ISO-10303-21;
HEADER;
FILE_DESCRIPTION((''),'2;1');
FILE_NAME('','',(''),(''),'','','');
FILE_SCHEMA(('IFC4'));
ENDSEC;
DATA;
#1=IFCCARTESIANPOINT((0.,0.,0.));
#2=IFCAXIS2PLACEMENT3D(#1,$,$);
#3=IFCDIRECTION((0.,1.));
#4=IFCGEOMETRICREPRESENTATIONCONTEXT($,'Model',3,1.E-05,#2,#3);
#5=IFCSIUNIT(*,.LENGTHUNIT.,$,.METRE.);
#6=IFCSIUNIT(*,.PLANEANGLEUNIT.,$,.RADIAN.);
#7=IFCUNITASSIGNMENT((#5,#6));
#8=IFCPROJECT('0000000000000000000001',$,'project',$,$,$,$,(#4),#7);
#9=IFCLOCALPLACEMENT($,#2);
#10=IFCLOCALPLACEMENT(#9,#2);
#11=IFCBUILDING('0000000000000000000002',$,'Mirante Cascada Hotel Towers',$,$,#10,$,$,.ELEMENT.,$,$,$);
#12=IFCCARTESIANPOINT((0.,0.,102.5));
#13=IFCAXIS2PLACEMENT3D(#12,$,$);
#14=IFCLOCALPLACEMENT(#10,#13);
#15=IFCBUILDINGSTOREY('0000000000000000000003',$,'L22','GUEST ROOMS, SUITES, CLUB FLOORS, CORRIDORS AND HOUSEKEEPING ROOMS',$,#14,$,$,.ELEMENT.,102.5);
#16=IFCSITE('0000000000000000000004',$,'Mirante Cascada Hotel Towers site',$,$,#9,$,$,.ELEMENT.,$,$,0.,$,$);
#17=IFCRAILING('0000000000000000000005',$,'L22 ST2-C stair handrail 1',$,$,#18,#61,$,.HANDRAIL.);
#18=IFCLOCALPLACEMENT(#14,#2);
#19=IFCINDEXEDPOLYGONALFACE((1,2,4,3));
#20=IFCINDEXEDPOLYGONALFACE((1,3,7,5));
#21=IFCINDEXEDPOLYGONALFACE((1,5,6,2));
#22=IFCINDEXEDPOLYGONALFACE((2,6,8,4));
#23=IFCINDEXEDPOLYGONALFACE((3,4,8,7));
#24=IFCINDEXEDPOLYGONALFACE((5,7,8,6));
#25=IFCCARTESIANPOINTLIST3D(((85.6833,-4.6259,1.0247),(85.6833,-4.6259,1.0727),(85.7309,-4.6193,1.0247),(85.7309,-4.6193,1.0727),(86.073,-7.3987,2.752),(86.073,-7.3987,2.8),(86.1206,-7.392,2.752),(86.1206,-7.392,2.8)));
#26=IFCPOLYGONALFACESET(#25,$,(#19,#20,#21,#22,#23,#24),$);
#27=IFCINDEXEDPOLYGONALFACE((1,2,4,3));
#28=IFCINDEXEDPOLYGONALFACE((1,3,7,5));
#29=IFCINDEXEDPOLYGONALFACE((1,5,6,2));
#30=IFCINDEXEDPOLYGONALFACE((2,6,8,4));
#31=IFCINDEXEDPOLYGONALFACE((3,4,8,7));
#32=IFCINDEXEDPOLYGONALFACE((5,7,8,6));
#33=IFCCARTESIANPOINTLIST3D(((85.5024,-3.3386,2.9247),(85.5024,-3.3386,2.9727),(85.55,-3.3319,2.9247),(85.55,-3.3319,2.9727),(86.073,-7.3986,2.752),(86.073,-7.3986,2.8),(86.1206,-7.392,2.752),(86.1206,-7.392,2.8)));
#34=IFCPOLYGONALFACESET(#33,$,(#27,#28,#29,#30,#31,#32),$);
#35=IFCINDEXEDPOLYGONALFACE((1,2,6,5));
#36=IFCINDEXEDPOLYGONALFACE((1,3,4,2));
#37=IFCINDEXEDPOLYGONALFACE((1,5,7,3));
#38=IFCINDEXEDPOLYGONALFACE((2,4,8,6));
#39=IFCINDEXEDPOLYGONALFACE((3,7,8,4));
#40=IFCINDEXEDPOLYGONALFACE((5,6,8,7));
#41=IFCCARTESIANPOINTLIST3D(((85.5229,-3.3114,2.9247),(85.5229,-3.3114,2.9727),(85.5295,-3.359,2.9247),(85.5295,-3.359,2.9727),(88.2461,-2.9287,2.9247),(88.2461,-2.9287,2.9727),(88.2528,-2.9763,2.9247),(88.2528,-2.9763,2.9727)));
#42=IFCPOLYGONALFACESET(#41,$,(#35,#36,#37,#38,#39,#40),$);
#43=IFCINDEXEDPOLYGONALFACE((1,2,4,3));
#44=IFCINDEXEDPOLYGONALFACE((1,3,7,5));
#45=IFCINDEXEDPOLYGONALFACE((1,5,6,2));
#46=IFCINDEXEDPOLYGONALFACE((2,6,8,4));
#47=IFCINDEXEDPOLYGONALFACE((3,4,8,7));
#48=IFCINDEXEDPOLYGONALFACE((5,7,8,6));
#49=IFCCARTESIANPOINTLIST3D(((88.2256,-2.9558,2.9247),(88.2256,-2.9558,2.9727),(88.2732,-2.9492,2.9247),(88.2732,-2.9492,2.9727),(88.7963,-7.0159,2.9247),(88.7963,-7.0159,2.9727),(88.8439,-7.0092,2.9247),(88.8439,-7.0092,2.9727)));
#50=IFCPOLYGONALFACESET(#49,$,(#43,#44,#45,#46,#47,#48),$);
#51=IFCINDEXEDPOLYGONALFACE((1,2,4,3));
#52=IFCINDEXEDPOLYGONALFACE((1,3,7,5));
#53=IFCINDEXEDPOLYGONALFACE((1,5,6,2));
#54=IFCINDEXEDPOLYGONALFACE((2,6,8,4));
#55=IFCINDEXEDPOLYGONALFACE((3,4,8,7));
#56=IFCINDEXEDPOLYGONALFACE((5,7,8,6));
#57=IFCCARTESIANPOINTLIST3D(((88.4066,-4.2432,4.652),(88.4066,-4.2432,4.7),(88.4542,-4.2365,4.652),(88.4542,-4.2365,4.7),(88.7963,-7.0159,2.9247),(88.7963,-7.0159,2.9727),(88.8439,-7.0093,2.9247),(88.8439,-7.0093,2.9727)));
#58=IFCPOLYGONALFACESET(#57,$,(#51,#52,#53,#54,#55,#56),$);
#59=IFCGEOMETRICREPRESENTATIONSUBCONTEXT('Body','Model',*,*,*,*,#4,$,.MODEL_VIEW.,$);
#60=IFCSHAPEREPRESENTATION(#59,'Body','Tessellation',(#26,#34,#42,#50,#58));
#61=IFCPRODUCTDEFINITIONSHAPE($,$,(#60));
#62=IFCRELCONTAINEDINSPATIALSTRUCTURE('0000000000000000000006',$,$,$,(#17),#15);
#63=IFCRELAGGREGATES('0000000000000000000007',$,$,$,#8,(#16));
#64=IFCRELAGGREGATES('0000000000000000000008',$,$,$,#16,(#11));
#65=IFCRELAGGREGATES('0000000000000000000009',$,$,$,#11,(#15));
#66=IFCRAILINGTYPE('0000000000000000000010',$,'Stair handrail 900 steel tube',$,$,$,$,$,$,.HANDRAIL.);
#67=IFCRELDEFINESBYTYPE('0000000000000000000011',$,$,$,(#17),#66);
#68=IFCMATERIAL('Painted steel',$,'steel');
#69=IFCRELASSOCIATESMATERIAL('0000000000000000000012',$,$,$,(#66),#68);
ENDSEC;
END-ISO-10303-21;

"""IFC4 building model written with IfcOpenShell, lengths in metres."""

from ifc_helpers import new_model, si_unit, direction, frame, origin, origin_2d, place, context, subcontext, project, spatial, rectangle, extrude, material, type_object, element, save


model = new_model("IFC4")

# Units and contexts
model_context = context("Model", 3, precision=1e-05, world=origin(), true_north=direction((0.0, 1.0)))
body_context = subcontext(model_context, "Body", "Model", "MODEL_VIEW")
ifc_project = project(units=[si_unit("LENGTHUNIT", "METRE"), si_unit("PLANEANGLEUNIT", "RADIAN")], contexts=[model_context])

# Site, building, storey
site_placement = place(None, origin())
site = spatial("IfcSite", under=ifc_project, at=site_placement, Name="Mirante Cascada Hotel Towers site", CompositionType="ELEMENT", RefElevation=0.0)
building_placement = place(site_placement, origin())
building = spatial("IfcBuilding", under=site, at=building_placement, Name="Mirante Cascada Hotel Towers", CompositionType="ELEMENT")
storey_placement = place(building_placement, frame((0.0, 0.0, 102.5)))
storey = spatial("IfcBuildingStorey", under=building, at=storey_placement, Name="L22", Description="GUEST ROOMS, SUITES, CLUB FLOORS, CORRIDORS AND HOUSEKEEPING ROOMS", CompositionType="ELEMENT", Elevation=102.5)

# Railing
ifc_material_1 = material(Name="Painted steel", Category="steel")
railing_type_1 = type_object("IfcRailingType", Name="Stair handrail 900 steel tube", PredefinedType="HANDRAIL", material=ifc_material_1)
railing_1_placement = place(storey_placement, frame((85.7071, -4.6226, 0.1727)))
element("IfcRailing", 1, at=railing_1_placement, inside=storey, type_object=railing_type_1, Name="L22 ST2-C stair handrail 1", PredefinedType="HANDRAIL", context=body_context, shape_type="SweptSolid", body=[
    extrude(rectangle(XDim=0.048, YDim=0.048, at=origin_2d()), frame((0.0, 0.0, 0.876), z_axis=(0.139181, -0.990267, 0.0), x_axis=(0.990267, 0.139181, 0.0)), (0.0, 0.525035, 0.851081), 3.2899),
    extrude(rectangle(XDim=0.048, YDim=0.048, at=origin_2d()), frame((0.3897, -2.7727, 2.6033), z_axis=(-0.139171, 0.990268, 0.0), x_axis=(-0.990268, -0.139171, 0.0)), (0.0, 0.042085, 0.999114), 4.1036),
    extrude(rectangle(XDim=0.048, YDim=0.048, at=origin_2d()), frame((-0.1809, 1.2874, 2.776), z_axis=(0.990269, 0.139166, 0.0), x_axis=(-0.139166, 0.990269, 0.0)), (0.0, 0.0, 1.0), 2.75),
    extrude(rectangle(XDim=0.048, YDim=0.048, at=origin_2d()), frame((2.5423, 1.6701, 2.776), z_axis=(0.139195, -0.990265, 0.0), x_axis=(0.990265, 0.139195, 0.0)), (0.0, 0.0, 1.0), 4.1),
    extrude(rectangle(XDim=0.048, YDim=0.048, at=origin_2d()), frame((3.113, -2.39, 2.776), z_axis=(-0.139181, 0.990267, 0.0), x_axis=(-0.990267, -0.139181, 0.0)), (0.0, 0.525035, 0.851081), 3.2899),
])

save(model, "model.ifc")
